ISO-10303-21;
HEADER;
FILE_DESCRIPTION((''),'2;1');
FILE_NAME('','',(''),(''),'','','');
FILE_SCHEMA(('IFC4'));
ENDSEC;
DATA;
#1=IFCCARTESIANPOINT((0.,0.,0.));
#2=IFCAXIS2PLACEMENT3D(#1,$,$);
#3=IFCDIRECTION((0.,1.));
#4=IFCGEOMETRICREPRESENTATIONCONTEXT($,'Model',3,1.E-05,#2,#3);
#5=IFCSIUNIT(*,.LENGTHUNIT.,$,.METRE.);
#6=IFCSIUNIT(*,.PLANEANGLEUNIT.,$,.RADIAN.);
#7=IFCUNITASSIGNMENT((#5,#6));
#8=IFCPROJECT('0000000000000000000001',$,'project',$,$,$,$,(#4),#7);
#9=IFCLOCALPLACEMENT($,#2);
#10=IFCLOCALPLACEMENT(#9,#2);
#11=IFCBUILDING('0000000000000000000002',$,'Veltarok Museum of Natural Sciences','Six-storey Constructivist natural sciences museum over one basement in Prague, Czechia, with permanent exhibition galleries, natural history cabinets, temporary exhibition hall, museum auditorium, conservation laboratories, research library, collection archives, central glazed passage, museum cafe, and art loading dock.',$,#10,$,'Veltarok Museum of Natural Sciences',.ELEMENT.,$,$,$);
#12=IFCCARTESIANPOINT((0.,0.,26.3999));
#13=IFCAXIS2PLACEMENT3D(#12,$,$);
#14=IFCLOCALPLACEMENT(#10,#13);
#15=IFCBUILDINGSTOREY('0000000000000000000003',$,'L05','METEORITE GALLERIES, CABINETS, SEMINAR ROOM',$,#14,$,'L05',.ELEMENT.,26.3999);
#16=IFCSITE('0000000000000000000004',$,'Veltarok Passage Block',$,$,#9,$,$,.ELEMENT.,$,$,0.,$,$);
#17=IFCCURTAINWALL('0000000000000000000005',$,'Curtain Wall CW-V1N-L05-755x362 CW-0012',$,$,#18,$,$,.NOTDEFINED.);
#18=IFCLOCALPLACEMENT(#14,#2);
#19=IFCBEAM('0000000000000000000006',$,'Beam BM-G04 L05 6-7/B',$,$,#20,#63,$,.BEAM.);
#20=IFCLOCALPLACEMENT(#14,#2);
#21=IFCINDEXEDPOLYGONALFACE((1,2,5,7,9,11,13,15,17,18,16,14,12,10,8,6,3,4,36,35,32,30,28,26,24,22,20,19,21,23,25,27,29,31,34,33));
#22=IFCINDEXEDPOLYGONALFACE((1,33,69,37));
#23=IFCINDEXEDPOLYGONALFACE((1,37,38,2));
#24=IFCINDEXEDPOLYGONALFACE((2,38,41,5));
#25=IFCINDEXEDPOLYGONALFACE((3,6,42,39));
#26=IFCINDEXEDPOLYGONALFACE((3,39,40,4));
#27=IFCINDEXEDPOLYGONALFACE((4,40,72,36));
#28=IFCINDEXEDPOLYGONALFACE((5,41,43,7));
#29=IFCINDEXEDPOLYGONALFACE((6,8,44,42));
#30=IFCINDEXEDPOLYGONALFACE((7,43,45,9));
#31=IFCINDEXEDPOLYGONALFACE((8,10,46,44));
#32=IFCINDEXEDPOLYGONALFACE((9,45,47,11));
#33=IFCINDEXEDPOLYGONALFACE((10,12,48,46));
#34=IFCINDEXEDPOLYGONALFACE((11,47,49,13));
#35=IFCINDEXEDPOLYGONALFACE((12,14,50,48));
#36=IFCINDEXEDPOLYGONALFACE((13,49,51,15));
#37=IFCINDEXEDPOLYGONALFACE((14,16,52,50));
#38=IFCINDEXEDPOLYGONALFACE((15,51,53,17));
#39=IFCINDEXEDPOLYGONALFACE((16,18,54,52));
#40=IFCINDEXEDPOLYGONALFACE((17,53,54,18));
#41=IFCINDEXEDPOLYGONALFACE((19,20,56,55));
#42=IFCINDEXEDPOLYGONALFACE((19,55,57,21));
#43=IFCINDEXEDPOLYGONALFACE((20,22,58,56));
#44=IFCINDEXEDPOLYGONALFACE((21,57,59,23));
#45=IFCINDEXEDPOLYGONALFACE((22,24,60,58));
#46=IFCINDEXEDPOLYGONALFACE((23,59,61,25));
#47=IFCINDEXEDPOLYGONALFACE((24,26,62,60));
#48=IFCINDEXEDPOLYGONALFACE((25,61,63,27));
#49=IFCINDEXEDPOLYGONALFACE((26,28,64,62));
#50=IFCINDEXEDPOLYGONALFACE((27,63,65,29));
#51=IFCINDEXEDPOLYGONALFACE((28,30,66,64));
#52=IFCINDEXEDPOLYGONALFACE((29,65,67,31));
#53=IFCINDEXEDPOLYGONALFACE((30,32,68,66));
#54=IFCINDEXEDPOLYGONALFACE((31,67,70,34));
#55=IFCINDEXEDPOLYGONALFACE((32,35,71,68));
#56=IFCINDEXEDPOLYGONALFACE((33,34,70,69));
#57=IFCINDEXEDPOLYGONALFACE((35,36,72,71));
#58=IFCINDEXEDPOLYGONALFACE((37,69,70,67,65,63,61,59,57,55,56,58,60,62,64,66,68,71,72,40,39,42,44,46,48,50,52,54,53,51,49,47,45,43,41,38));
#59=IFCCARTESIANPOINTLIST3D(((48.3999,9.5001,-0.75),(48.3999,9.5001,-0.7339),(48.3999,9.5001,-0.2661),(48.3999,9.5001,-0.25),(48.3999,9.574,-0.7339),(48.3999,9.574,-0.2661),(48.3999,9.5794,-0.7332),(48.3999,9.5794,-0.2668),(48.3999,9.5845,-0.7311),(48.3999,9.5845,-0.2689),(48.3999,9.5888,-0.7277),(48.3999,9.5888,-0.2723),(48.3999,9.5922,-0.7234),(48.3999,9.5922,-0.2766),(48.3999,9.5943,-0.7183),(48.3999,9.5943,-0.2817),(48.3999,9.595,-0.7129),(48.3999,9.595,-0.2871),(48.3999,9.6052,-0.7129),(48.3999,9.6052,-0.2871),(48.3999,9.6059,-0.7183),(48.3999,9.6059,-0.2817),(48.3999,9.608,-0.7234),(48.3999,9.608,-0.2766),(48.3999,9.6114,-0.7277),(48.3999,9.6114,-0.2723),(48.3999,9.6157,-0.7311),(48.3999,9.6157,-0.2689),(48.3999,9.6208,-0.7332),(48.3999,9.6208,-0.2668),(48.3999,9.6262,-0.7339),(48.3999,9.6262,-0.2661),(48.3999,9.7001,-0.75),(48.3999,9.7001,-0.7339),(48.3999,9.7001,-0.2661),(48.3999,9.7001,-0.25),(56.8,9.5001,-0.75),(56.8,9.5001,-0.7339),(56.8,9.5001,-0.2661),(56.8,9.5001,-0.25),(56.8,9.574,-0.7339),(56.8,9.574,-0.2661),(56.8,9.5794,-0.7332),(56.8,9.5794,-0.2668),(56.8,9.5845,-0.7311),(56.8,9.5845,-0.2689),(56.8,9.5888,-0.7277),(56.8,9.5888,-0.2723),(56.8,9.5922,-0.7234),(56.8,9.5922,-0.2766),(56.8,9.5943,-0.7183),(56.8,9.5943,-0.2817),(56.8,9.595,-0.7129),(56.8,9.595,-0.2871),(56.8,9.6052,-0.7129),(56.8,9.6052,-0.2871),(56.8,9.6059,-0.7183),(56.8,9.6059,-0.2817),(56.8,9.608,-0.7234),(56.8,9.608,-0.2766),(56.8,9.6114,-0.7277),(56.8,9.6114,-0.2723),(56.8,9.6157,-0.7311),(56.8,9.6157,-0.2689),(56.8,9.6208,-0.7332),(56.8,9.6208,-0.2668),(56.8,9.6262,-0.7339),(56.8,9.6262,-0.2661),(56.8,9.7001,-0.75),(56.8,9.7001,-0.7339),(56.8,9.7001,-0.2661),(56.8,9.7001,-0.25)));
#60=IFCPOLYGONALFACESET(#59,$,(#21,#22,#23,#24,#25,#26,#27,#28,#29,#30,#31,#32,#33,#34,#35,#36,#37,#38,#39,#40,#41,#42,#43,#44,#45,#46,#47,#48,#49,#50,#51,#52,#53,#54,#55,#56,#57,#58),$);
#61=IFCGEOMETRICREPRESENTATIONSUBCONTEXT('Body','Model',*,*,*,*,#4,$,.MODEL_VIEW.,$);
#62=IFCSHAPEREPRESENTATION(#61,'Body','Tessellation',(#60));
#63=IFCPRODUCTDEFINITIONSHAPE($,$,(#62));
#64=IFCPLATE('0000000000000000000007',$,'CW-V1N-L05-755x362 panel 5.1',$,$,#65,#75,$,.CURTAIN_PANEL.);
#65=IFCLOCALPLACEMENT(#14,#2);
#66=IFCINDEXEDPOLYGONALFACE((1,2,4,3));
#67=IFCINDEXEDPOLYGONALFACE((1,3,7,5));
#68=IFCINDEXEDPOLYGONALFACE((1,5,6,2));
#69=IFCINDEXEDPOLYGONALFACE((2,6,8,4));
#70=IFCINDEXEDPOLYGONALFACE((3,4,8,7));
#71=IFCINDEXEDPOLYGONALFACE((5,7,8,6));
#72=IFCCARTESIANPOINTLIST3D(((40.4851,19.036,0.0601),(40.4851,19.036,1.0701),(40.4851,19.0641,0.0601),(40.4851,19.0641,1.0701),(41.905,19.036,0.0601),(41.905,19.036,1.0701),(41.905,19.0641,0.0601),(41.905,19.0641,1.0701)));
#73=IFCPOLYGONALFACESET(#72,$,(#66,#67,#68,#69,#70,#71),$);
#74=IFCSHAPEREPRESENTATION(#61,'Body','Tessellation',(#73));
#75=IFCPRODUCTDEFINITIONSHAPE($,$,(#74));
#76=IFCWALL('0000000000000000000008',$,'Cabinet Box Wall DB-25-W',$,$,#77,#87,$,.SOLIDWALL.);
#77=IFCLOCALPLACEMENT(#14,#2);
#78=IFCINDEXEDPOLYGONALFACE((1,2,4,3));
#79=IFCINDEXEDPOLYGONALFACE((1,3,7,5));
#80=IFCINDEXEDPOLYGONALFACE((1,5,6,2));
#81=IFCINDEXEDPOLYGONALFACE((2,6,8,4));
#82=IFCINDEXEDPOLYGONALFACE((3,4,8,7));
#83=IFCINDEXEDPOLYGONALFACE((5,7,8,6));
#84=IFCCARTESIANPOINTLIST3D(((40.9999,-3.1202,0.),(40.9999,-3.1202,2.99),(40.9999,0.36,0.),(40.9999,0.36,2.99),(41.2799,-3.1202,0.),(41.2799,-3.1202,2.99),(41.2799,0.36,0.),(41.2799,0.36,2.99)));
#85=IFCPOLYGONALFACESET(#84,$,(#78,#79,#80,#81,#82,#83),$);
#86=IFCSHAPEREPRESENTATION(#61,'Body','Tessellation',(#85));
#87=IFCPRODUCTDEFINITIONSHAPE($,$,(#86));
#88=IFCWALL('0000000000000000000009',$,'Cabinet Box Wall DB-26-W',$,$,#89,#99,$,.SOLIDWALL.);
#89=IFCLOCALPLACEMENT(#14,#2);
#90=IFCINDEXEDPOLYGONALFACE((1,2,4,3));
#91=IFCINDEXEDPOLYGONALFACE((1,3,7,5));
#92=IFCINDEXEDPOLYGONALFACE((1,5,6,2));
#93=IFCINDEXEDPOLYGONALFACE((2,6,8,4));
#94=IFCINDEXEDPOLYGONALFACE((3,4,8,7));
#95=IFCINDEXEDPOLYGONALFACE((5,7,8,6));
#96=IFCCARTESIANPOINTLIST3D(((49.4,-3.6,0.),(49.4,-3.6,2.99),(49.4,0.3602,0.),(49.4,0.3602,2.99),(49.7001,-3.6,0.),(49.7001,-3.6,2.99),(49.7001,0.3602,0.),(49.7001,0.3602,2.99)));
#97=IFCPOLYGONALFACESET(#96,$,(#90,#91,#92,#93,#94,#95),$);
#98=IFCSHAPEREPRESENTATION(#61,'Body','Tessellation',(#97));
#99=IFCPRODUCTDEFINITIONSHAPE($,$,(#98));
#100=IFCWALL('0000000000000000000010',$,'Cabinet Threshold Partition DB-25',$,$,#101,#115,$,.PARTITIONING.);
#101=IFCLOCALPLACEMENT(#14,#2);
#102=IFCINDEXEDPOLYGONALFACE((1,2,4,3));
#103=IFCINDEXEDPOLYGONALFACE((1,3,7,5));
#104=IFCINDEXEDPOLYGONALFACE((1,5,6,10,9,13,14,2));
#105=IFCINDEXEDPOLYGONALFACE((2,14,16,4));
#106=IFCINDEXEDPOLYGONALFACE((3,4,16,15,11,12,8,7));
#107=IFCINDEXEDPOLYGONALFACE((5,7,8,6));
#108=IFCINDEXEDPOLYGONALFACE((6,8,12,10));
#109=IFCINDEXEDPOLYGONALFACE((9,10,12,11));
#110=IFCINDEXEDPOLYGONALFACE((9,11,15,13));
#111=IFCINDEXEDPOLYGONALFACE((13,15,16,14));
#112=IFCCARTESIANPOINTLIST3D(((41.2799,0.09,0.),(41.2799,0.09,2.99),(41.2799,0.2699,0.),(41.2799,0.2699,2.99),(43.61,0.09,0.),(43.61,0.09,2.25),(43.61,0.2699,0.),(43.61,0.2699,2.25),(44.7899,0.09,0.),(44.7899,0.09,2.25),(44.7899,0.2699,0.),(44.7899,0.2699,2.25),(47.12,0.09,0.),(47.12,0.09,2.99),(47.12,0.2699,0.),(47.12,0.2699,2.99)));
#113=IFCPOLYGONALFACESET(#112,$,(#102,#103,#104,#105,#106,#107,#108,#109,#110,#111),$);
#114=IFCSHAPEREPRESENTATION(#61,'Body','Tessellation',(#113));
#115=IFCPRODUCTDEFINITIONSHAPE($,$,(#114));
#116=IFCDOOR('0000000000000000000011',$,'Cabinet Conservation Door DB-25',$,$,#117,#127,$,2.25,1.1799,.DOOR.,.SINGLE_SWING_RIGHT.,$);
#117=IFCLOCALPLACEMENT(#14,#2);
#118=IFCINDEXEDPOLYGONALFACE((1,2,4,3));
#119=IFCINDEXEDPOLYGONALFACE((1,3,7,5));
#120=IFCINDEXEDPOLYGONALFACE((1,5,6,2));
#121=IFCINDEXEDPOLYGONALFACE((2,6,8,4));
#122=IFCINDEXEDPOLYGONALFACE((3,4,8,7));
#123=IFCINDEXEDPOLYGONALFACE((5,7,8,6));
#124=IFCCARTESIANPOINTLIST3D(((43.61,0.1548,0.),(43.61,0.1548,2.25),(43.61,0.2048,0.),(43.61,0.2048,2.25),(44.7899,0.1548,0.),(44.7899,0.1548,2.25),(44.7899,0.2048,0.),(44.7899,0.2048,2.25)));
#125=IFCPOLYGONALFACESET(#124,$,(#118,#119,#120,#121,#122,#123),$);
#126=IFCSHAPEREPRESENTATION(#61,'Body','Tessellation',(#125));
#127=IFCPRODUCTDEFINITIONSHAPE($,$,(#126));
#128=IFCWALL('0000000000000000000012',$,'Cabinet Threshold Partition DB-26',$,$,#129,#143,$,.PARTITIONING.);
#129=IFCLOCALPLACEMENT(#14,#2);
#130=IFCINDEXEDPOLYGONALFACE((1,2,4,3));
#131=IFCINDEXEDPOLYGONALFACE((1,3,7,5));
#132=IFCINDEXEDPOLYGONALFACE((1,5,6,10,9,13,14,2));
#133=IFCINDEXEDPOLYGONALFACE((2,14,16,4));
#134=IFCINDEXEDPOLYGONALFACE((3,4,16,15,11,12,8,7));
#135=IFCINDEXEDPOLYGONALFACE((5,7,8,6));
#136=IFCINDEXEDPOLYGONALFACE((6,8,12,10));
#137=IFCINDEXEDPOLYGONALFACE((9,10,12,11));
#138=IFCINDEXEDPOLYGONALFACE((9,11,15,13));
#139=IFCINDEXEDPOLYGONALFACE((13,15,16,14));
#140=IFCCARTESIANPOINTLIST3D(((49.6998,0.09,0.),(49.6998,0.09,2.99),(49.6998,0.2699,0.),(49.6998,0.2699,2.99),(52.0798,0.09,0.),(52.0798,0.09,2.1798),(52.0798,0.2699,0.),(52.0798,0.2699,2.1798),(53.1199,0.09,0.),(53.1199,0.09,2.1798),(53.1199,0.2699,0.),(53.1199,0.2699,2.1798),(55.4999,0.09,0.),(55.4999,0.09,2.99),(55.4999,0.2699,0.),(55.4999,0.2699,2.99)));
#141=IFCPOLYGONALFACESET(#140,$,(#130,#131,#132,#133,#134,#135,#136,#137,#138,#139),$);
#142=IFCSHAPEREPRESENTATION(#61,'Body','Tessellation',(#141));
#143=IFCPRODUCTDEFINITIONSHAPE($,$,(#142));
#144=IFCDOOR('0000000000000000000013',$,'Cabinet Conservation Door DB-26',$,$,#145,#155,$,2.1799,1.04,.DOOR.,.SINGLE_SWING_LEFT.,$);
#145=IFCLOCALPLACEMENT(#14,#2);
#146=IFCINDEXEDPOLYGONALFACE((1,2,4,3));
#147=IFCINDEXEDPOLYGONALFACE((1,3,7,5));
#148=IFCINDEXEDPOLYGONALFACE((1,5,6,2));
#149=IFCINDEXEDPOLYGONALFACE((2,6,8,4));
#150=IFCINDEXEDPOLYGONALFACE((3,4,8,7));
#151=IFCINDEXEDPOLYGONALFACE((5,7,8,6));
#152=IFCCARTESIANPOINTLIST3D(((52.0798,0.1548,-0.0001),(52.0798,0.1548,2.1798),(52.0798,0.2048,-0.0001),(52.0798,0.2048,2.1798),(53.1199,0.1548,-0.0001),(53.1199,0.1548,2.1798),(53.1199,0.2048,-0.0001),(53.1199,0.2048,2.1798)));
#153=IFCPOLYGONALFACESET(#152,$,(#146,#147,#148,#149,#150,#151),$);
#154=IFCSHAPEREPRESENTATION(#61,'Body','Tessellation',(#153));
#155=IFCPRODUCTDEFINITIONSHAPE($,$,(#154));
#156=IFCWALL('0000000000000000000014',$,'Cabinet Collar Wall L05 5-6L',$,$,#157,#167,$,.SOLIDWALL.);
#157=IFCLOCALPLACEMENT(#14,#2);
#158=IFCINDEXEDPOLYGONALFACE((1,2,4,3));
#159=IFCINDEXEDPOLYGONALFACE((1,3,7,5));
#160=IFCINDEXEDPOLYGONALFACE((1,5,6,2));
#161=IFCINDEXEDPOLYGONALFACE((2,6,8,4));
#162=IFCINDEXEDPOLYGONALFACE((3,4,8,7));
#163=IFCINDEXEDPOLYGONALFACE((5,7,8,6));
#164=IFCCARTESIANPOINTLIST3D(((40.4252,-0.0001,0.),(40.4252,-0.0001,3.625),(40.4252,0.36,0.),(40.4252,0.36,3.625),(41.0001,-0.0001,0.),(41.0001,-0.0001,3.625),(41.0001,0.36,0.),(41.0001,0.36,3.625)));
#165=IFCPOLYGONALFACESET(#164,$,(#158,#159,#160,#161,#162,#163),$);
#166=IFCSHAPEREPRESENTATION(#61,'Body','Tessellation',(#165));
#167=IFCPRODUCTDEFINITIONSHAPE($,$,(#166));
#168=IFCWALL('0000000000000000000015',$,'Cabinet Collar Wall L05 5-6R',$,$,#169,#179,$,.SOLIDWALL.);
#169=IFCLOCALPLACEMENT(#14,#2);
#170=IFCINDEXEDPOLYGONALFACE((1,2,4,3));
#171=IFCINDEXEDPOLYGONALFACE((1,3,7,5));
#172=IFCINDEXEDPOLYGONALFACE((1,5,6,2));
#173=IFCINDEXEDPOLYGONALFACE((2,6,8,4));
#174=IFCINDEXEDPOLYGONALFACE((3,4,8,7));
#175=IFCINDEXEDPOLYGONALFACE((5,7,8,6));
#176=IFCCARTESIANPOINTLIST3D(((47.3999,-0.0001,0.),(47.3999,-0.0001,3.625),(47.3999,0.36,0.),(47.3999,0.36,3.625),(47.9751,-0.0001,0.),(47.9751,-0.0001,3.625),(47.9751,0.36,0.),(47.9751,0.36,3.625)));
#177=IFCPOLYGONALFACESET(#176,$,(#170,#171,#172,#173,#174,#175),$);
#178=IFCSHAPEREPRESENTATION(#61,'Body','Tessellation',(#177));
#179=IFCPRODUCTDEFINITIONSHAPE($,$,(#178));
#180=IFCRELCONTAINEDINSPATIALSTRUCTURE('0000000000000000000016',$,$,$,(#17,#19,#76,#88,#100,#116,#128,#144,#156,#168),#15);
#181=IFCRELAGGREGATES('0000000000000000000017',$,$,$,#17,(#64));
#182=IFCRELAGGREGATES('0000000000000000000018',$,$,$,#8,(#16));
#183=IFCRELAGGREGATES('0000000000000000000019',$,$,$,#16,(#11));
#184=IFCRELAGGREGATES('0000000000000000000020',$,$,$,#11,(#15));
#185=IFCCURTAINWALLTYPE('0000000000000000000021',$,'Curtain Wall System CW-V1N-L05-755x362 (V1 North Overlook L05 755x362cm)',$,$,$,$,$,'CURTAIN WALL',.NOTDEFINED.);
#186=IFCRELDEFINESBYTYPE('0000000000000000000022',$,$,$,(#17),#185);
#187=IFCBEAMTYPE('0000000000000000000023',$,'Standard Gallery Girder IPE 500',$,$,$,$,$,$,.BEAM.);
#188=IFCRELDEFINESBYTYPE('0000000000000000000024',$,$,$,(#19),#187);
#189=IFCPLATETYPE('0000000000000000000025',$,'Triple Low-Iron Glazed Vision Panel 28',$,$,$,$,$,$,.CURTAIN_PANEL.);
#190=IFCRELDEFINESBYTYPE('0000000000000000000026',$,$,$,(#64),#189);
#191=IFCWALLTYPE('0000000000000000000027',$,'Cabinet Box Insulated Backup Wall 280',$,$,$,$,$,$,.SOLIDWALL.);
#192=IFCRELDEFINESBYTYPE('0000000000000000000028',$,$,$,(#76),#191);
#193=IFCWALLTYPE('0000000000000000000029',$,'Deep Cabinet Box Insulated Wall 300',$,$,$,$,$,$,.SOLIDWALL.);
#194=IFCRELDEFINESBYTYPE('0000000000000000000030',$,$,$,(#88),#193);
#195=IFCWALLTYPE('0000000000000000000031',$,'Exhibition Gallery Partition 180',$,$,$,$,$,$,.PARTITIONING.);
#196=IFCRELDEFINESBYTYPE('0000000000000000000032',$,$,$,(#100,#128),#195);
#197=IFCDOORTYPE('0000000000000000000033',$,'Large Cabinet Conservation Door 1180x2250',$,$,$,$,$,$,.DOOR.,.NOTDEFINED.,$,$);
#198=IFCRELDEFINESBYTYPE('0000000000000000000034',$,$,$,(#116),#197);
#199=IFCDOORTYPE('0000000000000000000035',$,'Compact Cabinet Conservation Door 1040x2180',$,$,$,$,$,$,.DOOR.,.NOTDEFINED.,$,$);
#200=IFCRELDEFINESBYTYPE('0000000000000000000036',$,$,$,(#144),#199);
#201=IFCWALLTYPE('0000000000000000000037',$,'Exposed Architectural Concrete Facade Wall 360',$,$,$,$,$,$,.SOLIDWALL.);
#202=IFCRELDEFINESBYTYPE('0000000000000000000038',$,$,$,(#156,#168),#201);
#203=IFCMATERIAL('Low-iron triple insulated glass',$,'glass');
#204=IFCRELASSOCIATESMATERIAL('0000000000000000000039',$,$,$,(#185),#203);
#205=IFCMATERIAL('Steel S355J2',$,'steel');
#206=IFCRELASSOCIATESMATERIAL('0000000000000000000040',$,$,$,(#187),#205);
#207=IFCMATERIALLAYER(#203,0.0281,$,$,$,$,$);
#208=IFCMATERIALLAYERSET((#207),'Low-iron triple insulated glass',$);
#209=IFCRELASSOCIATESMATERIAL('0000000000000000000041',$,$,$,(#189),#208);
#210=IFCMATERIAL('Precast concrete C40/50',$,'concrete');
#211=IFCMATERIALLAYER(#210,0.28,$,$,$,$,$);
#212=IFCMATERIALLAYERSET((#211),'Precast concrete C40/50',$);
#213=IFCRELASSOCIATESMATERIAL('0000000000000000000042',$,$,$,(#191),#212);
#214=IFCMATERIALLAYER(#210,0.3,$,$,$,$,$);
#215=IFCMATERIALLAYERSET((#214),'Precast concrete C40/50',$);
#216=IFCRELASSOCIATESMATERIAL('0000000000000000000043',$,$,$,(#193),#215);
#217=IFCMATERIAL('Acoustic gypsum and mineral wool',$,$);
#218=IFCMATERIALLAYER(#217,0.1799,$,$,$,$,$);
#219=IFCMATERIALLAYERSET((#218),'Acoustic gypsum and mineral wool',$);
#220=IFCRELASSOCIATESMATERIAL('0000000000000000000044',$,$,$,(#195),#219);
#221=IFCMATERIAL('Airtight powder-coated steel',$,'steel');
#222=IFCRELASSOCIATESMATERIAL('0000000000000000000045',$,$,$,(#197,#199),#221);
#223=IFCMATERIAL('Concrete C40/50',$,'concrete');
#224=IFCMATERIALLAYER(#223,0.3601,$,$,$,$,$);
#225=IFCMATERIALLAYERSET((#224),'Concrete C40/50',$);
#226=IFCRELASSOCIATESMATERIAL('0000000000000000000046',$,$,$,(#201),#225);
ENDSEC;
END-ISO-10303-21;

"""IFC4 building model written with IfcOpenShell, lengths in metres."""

from ifc_helpers import new_model, si_unit, direction, frame, frame_2d, origin, origin_2d, place, context, subcontext, project, spatial, rectangle, i_section, extrude, material, layer, layer_set, material_profile, profile_set, type_object, element, fill, aggregate, save


model = new_model("IFC4")

# Units and contexts
model_context = context("Model", 3, precision=1e-05, world=origin(), true_north=direction((0.0, 1.0)))
body_context = subcontext(model_context, "Body", "Model", "MODEL_VIEW")
ifc_project = project(units=[si_unit("LENGTHUNIT", "METRE"), si_unit("PLANEANGLEUNIT", "RADIAN")], contexts=[model_context])

# Site, building, storey
site_placement = place(None, origin())
site = spatial("IfcSite", under=ifc_project, at=site_placement, Name="Veltarok Passage Block", CompositionType="ELEMENT", RefElevation=0.0)
building_placement = place(site_placement, origin())
building = spatial("IfcBuilding", under=site, at=building_placement, Name="Veltarok Museum of Natural Sciences", Description="Six-storey Constructivist natural sciences museum over one basement in Prague, Czechia, with permanent exhibition galleries, natural history cabinets, temporary exhibition hall, museum auditorium, conservation laboratories, research library, collection archives, central glazed passage, museum cafe, and art loading dock.", LongName="Veltarok Museum of Natural Sciences", CompositionType="ELEMENT")
storey_placement = place(building_placement, frame((0.0, 0.0, 26.3999)))
storey = spatial("IfcBuildingStorey", under=building, at=storey_placement, Name="L05", Description="METEORITE GALLERIES, CABINETS, SEMINAR ROOM", LongName="L05", CompositionType="ELEMENT", Elevation=26.3999)

# Shared definitions
ifc_material_1 = material(Name="Steel S355J2", Category="steel")

# Curtain wall
ifc_material_2 = material(Name="Low-iron triple insulated glass", Category="glass")
curtain_wall_type = type_object("IfcCurtainWallType", Name="Curtain Wall System CW-V1N-L05-755x362 (V1 North Overlook L05 755x362cm)", ElementType="CURTAIN WALL", PredefinedType="NOTDEFINED", material=ifc_material_2)
curtain_wall_placement = place(storey_placement, origin())
curtain_wall = element("IfcCurtainWall", 1, at=curtain_wall_placement, inside=storey, type_object=curtain_wall_type, Name="Curtain Wall CW-V1N-L05-755x362 CW-0012", PredefinedType="NOTDEFINED")

# Beam
ifc_material_3 = material(Name="Concrete C40/50", Category="concrete")
ifc_material_profile_1 = material_profile(ifc_material_1, i_section(OverallWidth=0.2, OverallDepth=0.5, WebThickness=0.0103, FlangeThickness=0.0161, FilletRadius=0.021, at=origin_2d()), Name="IPE 500")
ifc_profile_set_1 = profile_set([ifc_material_profile_1], Name="Steel S355J2")
beam_type_1 = type_object("IfcBeamType", Name="Standard Gallery Girder IPE 500", PredefinedType="BEAM", material=ifc_profile_set_1)
beam_1_placement = place(storey_placement, frame((48.3999, 9.6001, -0.5), z_axis=(1.0, 0.0, 0.0), x_axis=(0.0, 1.0, 0.0)))
element("IfcBeam", 2, at=beam_1_placement, inside=storey, type_object=beam_type_1, Name="Beam BM-G04 L05 6-7/B", PredefinedType="BEAM", context=body_context, shape_type="SweptSolid", body=[
    extrude(i_section(OverallWidth=0.2, OverallDepth=0.5, WebThickness=0.0103, FlangeThickness=0.0161, FilletRadius=0.021, at=origin_2d()), origin(), (0.0, 0.0, 1.0), 8.4001),
])

# Plate
ifc_layer_1 = layer(ifc_material_2, 0.0281)
ifc_layer_set_1 = layer_set([ifc_layer_1], Name="Low-iron triple insulated glass")
plate_type = type_object("IfcPlateType", Name="Triple Low-Iron Glazed Vision Panel 28", PredefinedType="CURTAIN_PANEL", material=ifc_layer_set_1)
plate_placement = place(storey_placement, frame((41.1951, 19.05, 0.0601), z_axis=(0.0, 0.0, 1.0), x_axis=(-1.0, 0.0, 0.0)))
plate = element("IfcPlate", 3, at=plate_placement, type_object=plate_type, Name="CW-V1N-L05-755x362 panel 5.1", PredefinedType="CURTAIN_PANEL", context=body_context, shape_type="SweptSolid", body=[
    extrude(rectangle(XDim=1.4199, YDim=0.0281, at=origin_2d()), origin(), (0.0, 0.0, 1.0), 1.01),
])
aggregate(curtain_wall, [plate])

# Walls
ifc_material_4 = material(Name="Precast concrete C40/50", Category="concrete")
ifc_layer_2 = layer(ifc_material_4, 0.28)
ifc_layer_set_2 = layer_set([ifc_layer_2], Name="Precast concrete C40/50")
wall_type_1 = type_object("IfcWallType", Name="Cabinet Box Insulated Backup Wall 280", PredefinedType="SOLIDWALL", material=ifc_layer_set_2)
wall_1_placement = place(storey_placement, frame((41.1399, 0.3601, 0.0), z_axis=(0.0, 0.0, 1.0), x_axis=(0.0, -1.0, 0.0)))
element("IfcWall", 4, at=wall_1_placement, inside=storey, type_object=wall_type_1, Name="Cabinet Box Wall DB-25-W", PredefinedType="SOLIDWALL", context=body_context, shape_type="SweptSolid", body=[
    extrude(rectangle(XDim=3.4802, YDim=0.28, at=frame_2d((1.7402, 0.0))), origin(), (0.0, 0.0, 1.0), 2.99),
])
ifc_layer_3 = layer(ifc_material_4, 0.3)
ifc_layer_set_3 = layer_set([ifc_layer_3], Name="Precast concrete C40/50")
wall_type_2 = type_object("IfcWallType", Name="Deep Cabinet Box Insulated Wall 300", PredefinedType="SOLIDWALL", material=ifc_layer_set_3)
wall_2_placement = place(storey_placement, frame((49.55, 0.3601, 0.0), z_axis=(0.0, 0.0, 1.0), x_axis=(0.0, -1.0, 0.0)))
element("IfcWall", 5, at=wall_2_placement, inside=storey, type_object=wall_type_2, Name="Cabinet Box Wall DB-26-W", PredefinedType="SOLIDWALL", context=body_context, shape_type="SweptSolid", body=[
    extrude(rectangle(XDim=3.9602, YDim=0.3, at=frame_2d((1.98, 0.0))), origin(), (0.0, 0.0, 1.0), 2.99),
])

# Walls, openings, doors
ifc_material_5 = material(Name="Acoustic gypsum and mineral wool")
ifc_layer_4 = layer(ifc_material_5, 0.1799)
ifc_layer_set_4 = layer_set([ifc_layer_4], Name="Acoustic gypsum and mineral wool")
wall_type_3 = type_object("IfcWallType", Name="Exhibition Gallery Partition 180", PredefinedType="PARTITIONING", material=ifc_layer_set_4)
wall_3_placement = place(storey_placement, frame((41.28, 0.1799, 0.0), z_axis=(0.0, 0.0, 1.0), x_axis=(1.0, 0.0, 0.0)))
wall_3 = element("IfcWall", 6, at=wall_3_placement, inside=storey, type_object=wall_type_3, Name="Cabinet Threshold Partition DB-25", PredefinedType="PARTITIONING", context=body_context, shape_type="SweptSolid", body=[
    extrude(rectangle(XDim=5.8401, YDim=0.1799, at=frame_2d((2.9199, 0.0))), origin(), (0.0, 0.0, 1.0), 2.99),
])
opening_1_placement = place(wall_3_placement, frame((2.3301, 0.0, 0.0)))
opening_1 = element("IfcOpeningElement", 7, at=opening_1_placement, cuts=wall_3, PredefinedType="OPENING", context=body_context, shape_type="SweptSolid", body=[
    extrude(rectangle(XDim=1.1799, YDim=2.25, at=frame_2d((0.5898, 1.125))), frame((0.0, 0.1001, 0.0), z_axis=(0.0, -1.0, 0.0), x_axis=(1.0, 0.0, 0.0)), (0.0, 0.0, 1.0), 0.2),
])
ifc_material_6 = material(Name="Airtight powder-coated steel", Category="steel")
door_type_1 = type_object("IfcDoorType", Name="Large Cabinet Conservation Door 1180x2250", OperationType="NOTDEFINED", PredefinedType="DOOR", material=ifc_material_6)
door_1_placement = place(opening_1_placement, origin())
door_1 = element("IfcDoor", 8, at=door_1_placement, inside=storey, type_object=door_type_1, Name="Cabinet Conservation Door DB-25", OperationType="SINGLE_SWING_RIGHT", OverallHeight=2.25, OverallWidth=1.1799, PredefinedType="DOOR", context=body_context, shape_type="SweptSolid", body=[
    extrude(rectangle(XDim=1.1799, YDim=2.25, at=frame_2d((0.5898, 1.125))), frame((0.0, 0.0249, 0.0), z_axis=(0.0, -1.0, 0.0), x_axis=(1.0, 0.0, 0.0)), (0.0, 0.0, 1.0), 0.05),
])
fill(opening_1, door_1)
wall_4_placement = place(storey_placement, frame((49.7, 0.1799, 0.0), z_axis=(0.0, 0.0, 1.0), x_axis=(1.0, 0.0, 0.0)))
wall_4 = element("IfcWall", 9, at=wall_4_placement, inside=storey, type_object=wall_type_3, Name="Cabinet Threshold Partition DB-26", PredefinedType="PARTITIONING", context=body_context, shape_type="SweptSolid", body=[
    extrude(rectangle(XDim=5.8, YDim=0.1799, at=frame_2d((2.8999, 0.0))), origin(), (0.0, 0.0, 1.0), 2.99),
])
opening_2_placement = place(wall_4_placement, frame((2.3799, 0.0, 0.0)))
opening_2 = element("IfcOpeningElement", 10, at=opening_2_placement, cuts=wall_4, PredefinedType="OPENING", context=body_context, shape_type="SweptSolid", body=[
    extrude(rectangle(XDim=1.04, YDim=2.1799, at=frame_2d((0.52, 1.0898))), frame((0.0, 0.1001, 0.0), z_axis=(0.0, -1.0, 0.0), x_axis=(1.0, 0.0, 0.0)), (0.0, 0.0, 1.0), 0.2),
])
door_type_2 = type_object("IfcDoorType", Name="Compact Cabinet Conservation Door 1040x2180", OperationType="NOTDEFINED", PredefinedType="DOOR", material=ifc_material_6)
door_2_placement = place(opening_2_placement, origin())
door_2 = element("IfcDoor", 11, at=door_2_placement, inside=storey, type_object=door_type_2, Name="Cabinet Conservation Door DB-26", OperationType="SINGLE_SWING_LEFT", OverallHeight=2.1799, OverallWidth=1.04, PredefinedType="DOOR", context=body_context, shape_type="SweptSolid", body=[
    extrude(rectangle(XDim=1.04, YDim=2.1799, at=frame_2d((0.52, 1.0898))), frame((0.0, 0.0249, 0.0), z_axis=(0.0, -1.0, 0.0), x_axis=(1.0, 0.0, 0.0)), (0.0, 0.0, 1.0), 0.05),
])
fill(opening_2, door_2)

# Walls
ifc_layer_5 = layer(ifc_material_3, 0.3601)
ifc_layer_set_5 = layer_set([ifc_layer_5], Name="Concrete C40/50")
wall_type_4 = type_object("IfcWallType", Name="Exposed Architectural Concrete Facade Wall 360", PredefinedType="SOLIDWALL", material=ifc_layer_set_5)
wall_5_placement = place(storey_placement, frame((40.425, 0.1799, 0.0), z_axis=(0.0, 0.0, 1.0), x_axis=(1.0, 0.0, 0.0)))
element("IfcWall", 12, at=wall_5_placement, inside=storey, type_object=wall_type_4, Name="Cabinet Collar Wall L05 5-6L", PredefinedType="SOLIDWALL", context=body_context, shape_type="SweptSolid", body=[
    extrude(rectangle(XDim=0.575, YDim=0.3601, at=frame_2d((0.2876, 0.0))), origin(), (0.0, 0.0, 1.0), 3.625),
])
wall_6_placement = place(storey_placement, frame((47.3999, 0.1799, 0.0), z_axis=(0.0, 0.0, 1.0), x_axis=(1.0, 0.0, 0.0)))
element("IfcWall", 13, at=wall_6_placement, inside=storey, type_object=wall_type_4, Name="Cabinet Collar Wall L05 5-6R", PredefinedType="SOLIDWALL", context=body_context, shape_type="SweptSolid", body=[
    extrude(rectangle(XDim=0.5752, YDim=0.3601, at=frame_2d((0.2876, 0.0))), origin(), (0.0, 0.0, 1.0), 3.625),
])

save(model, "model.ifc")
